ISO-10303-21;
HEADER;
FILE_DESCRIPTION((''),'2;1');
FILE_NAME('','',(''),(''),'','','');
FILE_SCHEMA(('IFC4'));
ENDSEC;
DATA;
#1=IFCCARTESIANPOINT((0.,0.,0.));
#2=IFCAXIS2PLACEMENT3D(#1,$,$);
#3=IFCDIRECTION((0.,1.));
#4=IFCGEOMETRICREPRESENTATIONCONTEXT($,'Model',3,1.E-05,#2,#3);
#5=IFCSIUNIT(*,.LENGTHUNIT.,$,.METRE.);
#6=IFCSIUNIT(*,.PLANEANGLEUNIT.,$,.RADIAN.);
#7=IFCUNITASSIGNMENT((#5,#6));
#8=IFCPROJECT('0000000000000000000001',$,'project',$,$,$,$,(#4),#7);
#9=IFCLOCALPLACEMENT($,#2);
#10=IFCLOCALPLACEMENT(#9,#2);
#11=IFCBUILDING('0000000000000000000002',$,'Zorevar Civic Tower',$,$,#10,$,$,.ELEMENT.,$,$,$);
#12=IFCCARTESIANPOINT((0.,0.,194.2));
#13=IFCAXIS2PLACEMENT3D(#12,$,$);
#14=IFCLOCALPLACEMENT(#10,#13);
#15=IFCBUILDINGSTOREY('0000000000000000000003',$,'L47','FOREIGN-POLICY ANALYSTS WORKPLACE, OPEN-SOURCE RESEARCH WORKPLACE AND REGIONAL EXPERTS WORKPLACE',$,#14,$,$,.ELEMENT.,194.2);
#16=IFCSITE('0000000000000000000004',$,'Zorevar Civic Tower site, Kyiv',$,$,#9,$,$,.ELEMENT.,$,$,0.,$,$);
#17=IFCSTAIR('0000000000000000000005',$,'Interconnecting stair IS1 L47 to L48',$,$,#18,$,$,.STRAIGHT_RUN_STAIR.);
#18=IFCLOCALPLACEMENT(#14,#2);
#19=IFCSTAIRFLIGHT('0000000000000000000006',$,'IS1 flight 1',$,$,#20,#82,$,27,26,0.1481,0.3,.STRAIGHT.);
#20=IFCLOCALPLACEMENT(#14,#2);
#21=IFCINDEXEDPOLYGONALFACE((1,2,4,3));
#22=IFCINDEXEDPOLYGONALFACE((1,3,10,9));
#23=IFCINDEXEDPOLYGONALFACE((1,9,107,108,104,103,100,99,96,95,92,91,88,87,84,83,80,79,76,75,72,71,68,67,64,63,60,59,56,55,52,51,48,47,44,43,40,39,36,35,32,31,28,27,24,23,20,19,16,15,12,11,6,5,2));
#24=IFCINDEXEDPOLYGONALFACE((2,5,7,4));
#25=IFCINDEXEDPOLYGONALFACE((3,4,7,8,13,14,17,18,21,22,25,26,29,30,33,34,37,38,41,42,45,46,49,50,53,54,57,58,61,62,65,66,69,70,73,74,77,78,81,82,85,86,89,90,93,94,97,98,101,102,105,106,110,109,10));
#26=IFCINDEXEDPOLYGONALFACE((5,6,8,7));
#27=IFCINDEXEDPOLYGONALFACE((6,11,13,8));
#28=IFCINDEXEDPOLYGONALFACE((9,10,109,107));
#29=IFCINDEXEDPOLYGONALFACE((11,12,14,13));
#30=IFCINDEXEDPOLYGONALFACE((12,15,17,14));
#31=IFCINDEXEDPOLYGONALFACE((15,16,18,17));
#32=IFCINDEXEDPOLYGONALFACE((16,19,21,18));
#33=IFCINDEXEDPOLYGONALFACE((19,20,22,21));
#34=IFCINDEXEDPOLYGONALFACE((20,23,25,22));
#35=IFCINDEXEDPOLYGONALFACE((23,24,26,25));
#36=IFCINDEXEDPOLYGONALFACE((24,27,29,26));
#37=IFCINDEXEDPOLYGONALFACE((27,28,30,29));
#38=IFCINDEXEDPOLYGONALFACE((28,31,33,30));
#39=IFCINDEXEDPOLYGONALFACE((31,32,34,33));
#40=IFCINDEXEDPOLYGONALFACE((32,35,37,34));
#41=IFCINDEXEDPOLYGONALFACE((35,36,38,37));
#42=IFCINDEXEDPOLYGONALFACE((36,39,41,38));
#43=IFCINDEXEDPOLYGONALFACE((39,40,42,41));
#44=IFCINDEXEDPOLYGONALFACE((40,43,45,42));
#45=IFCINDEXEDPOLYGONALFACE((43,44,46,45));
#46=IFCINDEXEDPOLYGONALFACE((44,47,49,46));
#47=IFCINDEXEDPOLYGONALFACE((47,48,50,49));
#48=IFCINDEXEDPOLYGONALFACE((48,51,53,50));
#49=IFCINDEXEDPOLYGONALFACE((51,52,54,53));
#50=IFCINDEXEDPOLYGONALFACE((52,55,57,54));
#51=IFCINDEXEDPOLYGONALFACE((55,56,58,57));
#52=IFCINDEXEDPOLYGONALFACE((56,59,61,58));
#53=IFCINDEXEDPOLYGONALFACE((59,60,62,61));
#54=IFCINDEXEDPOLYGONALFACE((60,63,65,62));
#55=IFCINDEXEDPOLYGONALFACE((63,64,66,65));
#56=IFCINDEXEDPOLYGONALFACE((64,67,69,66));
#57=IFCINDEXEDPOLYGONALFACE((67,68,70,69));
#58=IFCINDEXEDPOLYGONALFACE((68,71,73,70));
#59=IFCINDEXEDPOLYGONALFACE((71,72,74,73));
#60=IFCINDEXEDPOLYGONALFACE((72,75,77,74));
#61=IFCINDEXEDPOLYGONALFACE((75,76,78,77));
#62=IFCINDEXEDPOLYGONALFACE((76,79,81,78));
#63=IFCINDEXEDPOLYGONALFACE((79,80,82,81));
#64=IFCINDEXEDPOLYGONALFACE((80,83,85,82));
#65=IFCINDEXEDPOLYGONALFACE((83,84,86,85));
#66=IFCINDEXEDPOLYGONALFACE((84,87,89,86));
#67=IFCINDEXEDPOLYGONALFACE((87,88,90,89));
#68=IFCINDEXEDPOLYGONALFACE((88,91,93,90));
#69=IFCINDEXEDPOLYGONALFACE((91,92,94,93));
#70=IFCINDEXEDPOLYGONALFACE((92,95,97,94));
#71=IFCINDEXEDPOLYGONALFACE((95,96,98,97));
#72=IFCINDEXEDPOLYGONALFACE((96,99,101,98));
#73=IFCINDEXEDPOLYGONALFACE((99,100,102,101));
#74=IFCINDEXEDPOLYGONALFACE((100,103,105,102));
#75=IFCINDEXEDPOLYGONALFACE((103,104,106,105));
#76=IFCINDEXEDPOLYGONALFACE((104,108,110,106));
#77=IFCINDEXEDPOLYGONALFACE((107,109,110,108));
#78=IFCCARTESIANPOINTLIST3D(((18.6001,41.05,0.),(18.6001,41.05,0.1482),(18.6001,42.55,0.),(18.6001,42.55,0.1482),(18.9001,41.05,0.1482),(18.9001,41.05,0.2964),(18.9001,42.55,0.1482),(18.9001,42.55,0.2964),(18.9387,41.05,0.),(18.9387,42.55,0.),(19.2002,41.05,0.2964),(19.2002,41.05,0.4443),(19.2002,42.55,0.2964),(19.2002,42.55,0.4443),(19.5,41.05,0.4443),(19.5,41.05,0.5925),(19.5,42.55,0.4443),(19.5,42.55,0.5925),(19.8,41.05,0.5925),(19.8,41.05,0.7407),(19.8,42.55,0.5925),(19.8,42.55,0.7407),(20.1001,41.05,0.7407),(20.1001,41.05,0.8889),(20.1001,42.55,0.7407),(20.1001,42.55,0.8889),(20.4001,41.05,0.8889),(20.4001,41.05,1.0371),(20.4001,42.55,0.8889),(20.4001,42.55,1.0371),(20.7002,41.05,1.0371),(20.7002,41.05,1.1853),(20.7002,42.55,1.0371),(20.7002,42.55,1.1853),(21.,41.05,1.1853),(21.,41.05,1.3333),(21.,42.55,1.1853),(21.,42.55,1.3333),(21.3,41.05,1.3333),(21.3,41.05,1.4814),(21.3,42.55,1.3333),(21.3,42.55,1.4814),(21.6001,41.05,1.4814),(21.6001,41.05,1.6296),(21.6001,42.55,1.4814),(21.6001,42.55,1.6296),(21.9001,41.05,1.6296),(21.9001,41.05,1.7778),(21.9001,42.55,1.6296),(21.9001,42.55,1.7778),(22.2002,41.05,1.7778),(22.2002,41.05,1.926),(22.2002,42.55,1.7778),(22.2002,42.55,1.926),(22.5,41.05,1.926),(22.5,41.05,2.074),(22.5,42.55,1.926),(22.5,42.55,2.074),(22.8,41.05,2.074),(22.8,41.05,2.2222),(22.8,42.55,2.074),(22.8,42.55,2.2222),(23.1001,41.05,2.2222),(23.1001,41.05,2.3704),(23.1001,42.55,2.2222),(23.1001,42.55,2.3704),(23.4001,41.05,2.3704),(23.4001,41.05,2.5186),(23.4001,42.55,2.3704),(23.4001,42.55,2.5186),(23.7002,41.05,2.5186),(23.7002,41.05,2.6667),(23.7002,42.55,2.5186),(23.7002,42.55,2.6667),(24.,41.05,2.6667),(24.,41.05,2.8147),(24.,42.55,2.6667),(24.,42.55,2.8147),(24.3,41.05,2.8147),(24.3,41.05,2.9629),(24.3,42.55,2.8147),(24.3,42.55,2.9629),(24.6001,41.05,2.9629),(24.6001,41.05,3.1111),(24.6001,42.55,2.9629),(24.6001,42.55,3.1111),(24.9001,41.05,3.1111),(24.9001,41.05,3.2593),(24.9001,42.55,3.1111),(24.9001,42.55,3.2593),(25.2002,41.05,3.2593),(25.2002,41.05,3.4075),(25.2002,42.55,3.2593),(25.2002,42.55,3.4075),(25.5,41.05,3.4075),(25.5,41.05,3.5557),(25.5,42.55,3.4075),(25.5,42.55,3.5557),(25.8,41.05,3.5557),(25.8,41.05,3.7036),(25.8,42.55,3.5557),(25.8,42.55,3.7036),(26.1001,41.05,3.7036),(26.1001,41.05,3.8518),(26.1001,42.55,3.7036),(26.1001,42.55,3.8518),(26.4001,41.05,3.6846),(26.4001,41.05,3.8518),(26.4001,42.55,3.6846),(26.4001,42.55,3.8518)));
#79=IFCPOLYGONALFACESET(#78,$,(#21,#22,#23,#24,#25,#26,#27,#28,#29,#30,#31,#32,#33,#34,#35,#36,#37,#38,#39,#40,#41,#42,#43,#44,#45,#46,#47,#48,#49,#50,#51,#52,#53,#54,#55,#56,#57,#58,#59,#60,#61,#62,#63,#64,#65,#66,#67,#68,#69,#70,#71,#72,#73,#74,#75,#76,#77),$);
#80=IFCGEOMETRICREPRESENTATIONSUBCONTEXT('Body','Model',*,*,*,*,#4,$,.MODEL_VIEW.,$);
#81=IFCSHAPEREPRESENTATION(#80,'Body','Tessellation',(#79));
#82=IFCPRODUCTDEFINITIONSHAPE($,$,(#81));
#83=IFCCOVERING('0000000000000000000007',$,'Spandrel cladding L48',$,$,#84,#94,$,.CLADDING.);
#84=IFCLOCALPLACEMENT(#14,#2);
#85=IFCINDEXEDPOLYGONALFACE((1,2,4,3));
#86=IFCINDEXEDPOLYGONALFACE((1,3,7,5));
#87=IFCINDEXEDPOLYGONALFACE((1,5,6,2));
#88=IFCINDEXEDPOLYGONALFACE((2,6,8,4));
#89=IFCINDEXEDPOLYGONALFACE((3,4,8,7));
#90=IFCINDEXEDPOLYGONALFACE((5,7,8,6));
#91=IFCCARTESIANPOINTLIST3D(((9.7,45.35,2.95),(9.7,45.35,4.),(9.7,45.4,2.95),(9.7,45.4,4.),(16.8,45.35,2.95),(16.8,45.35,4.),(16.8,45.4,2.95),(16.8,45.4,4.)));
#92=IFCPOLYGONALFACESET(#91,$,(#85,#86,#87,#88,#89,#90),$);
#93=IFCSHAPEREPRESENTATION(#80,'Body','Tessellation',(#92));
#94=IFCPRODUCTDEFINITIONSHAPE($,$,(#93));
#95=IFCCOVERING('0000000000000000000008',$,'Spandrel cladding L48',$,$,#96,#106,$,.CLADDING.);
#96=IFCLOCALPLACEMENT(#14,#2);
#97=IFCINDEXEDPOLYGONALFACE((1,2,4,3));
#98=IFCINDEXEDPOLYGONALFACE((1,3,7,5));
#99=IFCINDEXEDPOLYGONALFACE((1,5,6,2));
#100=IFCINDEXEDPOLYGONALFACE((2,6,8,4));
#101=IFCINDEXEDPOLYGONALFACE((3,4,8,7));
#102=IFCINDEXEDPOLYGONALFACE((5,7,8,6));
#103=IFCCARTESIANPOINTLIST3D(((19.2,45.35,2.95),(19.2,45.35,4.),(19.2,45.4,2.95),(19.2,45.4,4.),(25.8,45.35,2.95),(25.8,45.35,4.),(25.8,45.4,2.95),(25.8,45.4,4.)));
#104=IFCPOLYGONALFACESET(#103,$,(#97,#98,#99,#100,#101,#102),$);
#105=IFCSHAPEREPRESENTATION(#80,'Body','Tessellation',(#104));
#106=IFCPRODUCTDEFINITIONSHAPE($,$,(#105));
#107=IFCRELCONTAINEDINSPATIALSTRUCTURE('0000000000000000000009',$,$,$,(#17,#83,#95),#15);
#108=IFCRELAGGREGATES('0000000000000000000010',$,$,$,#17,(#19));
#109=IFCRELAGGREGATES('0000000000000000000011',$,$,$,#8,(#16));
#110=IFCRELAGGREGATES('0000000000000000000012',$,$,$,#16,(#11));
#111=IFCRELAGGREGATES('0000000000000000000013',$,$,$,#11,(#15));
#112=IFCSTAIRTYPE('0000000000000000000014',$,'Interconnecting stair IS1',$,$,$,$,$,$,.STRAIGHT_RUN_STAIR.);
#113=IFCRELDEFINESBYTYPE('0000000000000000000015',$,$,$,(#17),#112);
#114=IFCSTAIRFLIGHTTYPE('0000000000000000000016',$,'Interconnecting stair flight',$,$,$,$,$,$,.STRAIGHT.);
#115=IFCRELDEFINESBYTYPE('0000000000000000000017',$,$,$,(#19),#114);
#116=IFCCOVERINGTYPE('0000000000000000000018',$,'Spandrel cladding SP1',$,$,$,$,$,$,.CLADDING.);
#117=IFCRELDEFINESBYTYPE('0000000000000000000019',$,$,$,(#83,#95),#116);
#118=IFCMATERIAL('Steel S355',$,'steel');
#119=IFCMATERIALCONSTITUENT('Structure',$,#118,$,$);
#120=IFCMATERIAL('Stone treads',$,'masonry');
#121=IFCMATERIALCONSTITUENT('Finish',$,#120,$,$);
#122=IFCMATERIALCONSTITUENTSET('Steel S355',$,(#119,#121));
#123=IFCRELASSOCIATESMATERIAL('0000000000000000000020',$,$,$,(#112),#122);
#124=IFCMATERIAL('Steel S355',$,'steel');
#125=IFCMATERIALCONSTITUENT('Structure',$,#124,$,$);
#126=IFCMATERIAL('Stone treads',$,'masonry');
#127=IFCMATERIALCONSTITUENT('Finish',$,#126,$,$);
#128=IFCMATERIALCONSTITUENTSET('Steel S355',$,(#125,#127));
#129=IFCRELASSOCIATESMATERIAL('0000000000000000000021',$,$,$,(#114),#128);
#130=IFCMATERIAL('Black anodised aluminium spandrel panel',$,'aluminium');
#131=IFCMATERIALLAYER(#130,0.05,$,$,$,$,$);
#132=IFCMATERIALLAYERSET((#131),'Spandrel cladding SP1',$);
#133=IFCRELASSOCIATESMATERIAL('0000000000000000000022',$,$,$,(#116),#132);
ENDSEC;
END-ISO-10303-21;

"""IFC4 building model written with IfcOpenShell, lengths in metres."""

from ifc_helpers import new_model, si_unit, direction, frame, frame_2d, origin, place, context, subcontext, project, spatial, polyline, rectangle, outline, extrude, material, layer, layer_set, constituent, constituent_set, type_object, element, aggregate, save


model = new_model("IFC4")

# Units and contexts
model_context = context("Model", 3, precision=1e-05, world=origin(), true_north=direction((0.0, 1.0)))
body_context = subcontext(model_context, "Body", "Model", "MODEL_VIEW")
ifc_project = project(units=[si_unit("LENGTHUNIT", "METRE"), si_unit("PLANEANGLEUNIT", "RADIAN")], contexts=[model_context])

# Site, building, storey
site_placement = place(None, origin())
site = spatial("IfcSite", under=ifc_project, at=site_placement, Name="Zorevar Civic Tower site, Kyiv", CompositionType="ELEMENT", RefElevation=0.0)
building_placement = place(site_placement, origin())
building = spatial("IfcBuilding", under=site, at=building_placement, Name="Zorevar Civic Tower", CompositionType="ELEMENT")
storey_placement = place(building_placement, frame((0.0, 0.0, 194.2)))
storey = spatial("IfcBuildingStorey", under=building, at=storey_placement, Name="L47", Description="FOREIGN-POLICY ANALYSTS WORKPLACE, OPEN-SOURCE RESEARCH WORKPLACE AND REGIONAL EXPERTS WORKPLACE", CompositionType="ELEMENT", Elevation=194.2)

# Stair, stair flight
ifc_material_1 = material(Name="Steel S355", Category="steel")
ifc_constituent_1 = constituent(ifc_material_1, Name="Structure")
ifc_material_2 = material(Name="Stone treads", Category="masonry")
ifc_constituent_2 = constituent(ifc_material_2, Name="Finish")
ifc_constituent_set_1 = constituent_set(constituents=[ifc_constituent_1, ifc_constituent_2], Name="Steel S355")
stair_type = type_object("IfcStairType", Name="Interconnecting stair IS1", PredefinedType="STRAIGHT_RUN_STAIR", material=ifc_constituent_set_1)
stair_placement = place(storey_placement, origin())
stair = element("IfcStair", 1, at=stair_placement, inside=storey, type_object=stair_type, Name="Interconnecting stair IS1 L47 to L48", PredefinedType="STRAIGHT_RUN_STAIR")
ifc_material_3 = material(Name="Steel S355", Category="steel")
ifc_constituent_3 = constituent(ifc_material_3, Name="Structure")
ifc_material_4 = material(Name="Stone treads", Category="masonry")
ifc_constituent_4 = constituent(ifc_material_4, Name="Finish")
ifc_constituent_set_2 = constituent_set(constituents=[ifc_constituent_3, ifc_constituent_4], Name="Steel S355")
stair_flight_type = type_object("IfcStairFlightType", Name="Interconnecting stair flight", PredefinedType="STRAIGHT", material=ifc_constituent_set_2)
stair_flight_placement = place(storey_placement, frame((18.6001, 41.8, 0.0), z_axis=(0.0, 0.0, 1.0), x_axis=(1.0, 0.0, 0.0)))
stair_flight = element("IfcStairFlight", 2, at=stair_flight_placement, type_object=stair_flight_type, Name="IS1 flight 1", NumberOfRisers=27, NumberOfTreads=26, PredefinedType="STRAIGHT", RiserHeight=0.1481, TreadLength=0.3, context=body_context, shape_type="SweptSolid", body=[
    extrude(outline(polyline([(0.0, 0.0), (0.0, 0.1482), (0.3, 0.1482), (0.3, 0.2964), (0.6001, 0.2964), (0.6001, 0.4443), (0.8999, 0.4443), (0.8999, 0.5925), (1.2, 0.5925), (1.2, 0.7407), (1.5, 0.7407), (1.5, 0.8889), (1.8, 0.8889), (1.8, 1.0371), (2.1001, 1.0371), (2.1001, 1.1853), (2.3999, 1.1853), (2.3999, 1.3333), (2.7, 1.3333), (2.7, 1.4814), (3.0, 1.4814), (3.0, 1.6296), (3.3, 1.6296), (3.3, 1.7778), (3.6001, 1.7778), (3.6001, 1.926), (3.8999, 1.926), (3.8999, 2.074), (4.2, 2.074), (4.2, 2.2222), (4.5, 2.2222), (4.5, 2.3704), (4.8, 2.3704), (4.8, 2.5186), (5.1001, 2.5186), (5.1001, 2.6667), (5.3999, 2.6667), (5.3999, 2.8147), (5.7, 2.8147), (5.7, 2.9629), (6.0, 2.9629), (6.0, 3.1111), (6.3, 3.1111), (6.3, 3.2593), (6.6001, 3.2593), (6.6001, 3.4075), (6.8999, 3.4075), (6.8999, 3.5557), (7.2, 3.5557), (7.2, 3.7036), (7.5, 3.7036), (7.5, 3.8518), (7.8, 3.8518), (7.8, 4.0), (7.8, 3.6846), (0.3386, 0.0), (0.0, 0.0)])), frame((0.0, 0.75, 0.0), z_axis=(0.0, -1.0, 0.0), x_axis=(1.0, 0.0, 0.0)), (0.0, 0.0, 1.0), 1.5),
])
aggregate(stair, [stair_flight])

# Coverings
ifc_material_5 = material(Name="Black anodised aluminium spandrel panel", Category="aluminium")
ifc_layer_1 = layer(ifc_material_5, 0.05)
ifc_layer_set_1 = layer_set([ifc_layer_1], Name="Spandrel cladding SP1")
covering_type = type_object("IfcCoveringType", Name="Spandrel cladding SP1", PredefinedType="CLADDING", material=ifc_layer_set_1)
covering_1_placement = place(storey_placement, frame((9.7, 45.375, 2.95), z_axis=(0.0, 0.0, 1.0), x_axis=(1.0, 0.0, 0.0)))
element("IfcCovering", 3, at=covering_1_placement, inside=storey, type_object=covering_type, Name="Spandrel cladding L48", PredefinedType="CLADDING", context=body_context, shape_type="SweptSolid", body=[
    extrude(rectangle(XDim=7.1001, YDim=0.05, at=frame_2d((3.55, 0.0))), origin(), (0.0, 0.0, 1.0), 1.05),
])
covering_2_placement = place(storey_placement, frame((19.2, 45.375, 2.95), z_axis=(0.0, 0.0, 1.0), x_axis=(1.0, 0.0, 0.0)))
element("IfcCovering", 4, at=covering_2_placement, inside=storey, type_object=covering_type, Name="Spandrel cladding L48", PredefinedType="CLADDING", context=body_context, shape_type="SweptSolid", body=[
    extrude(rectangle(XDim=6.6001, YDim=0.05, at=frame_2d((3.3, 0.0))), origin(), (0.0, 0.0, 1.0), 1.05),
])

save(model, "model.ifc")
